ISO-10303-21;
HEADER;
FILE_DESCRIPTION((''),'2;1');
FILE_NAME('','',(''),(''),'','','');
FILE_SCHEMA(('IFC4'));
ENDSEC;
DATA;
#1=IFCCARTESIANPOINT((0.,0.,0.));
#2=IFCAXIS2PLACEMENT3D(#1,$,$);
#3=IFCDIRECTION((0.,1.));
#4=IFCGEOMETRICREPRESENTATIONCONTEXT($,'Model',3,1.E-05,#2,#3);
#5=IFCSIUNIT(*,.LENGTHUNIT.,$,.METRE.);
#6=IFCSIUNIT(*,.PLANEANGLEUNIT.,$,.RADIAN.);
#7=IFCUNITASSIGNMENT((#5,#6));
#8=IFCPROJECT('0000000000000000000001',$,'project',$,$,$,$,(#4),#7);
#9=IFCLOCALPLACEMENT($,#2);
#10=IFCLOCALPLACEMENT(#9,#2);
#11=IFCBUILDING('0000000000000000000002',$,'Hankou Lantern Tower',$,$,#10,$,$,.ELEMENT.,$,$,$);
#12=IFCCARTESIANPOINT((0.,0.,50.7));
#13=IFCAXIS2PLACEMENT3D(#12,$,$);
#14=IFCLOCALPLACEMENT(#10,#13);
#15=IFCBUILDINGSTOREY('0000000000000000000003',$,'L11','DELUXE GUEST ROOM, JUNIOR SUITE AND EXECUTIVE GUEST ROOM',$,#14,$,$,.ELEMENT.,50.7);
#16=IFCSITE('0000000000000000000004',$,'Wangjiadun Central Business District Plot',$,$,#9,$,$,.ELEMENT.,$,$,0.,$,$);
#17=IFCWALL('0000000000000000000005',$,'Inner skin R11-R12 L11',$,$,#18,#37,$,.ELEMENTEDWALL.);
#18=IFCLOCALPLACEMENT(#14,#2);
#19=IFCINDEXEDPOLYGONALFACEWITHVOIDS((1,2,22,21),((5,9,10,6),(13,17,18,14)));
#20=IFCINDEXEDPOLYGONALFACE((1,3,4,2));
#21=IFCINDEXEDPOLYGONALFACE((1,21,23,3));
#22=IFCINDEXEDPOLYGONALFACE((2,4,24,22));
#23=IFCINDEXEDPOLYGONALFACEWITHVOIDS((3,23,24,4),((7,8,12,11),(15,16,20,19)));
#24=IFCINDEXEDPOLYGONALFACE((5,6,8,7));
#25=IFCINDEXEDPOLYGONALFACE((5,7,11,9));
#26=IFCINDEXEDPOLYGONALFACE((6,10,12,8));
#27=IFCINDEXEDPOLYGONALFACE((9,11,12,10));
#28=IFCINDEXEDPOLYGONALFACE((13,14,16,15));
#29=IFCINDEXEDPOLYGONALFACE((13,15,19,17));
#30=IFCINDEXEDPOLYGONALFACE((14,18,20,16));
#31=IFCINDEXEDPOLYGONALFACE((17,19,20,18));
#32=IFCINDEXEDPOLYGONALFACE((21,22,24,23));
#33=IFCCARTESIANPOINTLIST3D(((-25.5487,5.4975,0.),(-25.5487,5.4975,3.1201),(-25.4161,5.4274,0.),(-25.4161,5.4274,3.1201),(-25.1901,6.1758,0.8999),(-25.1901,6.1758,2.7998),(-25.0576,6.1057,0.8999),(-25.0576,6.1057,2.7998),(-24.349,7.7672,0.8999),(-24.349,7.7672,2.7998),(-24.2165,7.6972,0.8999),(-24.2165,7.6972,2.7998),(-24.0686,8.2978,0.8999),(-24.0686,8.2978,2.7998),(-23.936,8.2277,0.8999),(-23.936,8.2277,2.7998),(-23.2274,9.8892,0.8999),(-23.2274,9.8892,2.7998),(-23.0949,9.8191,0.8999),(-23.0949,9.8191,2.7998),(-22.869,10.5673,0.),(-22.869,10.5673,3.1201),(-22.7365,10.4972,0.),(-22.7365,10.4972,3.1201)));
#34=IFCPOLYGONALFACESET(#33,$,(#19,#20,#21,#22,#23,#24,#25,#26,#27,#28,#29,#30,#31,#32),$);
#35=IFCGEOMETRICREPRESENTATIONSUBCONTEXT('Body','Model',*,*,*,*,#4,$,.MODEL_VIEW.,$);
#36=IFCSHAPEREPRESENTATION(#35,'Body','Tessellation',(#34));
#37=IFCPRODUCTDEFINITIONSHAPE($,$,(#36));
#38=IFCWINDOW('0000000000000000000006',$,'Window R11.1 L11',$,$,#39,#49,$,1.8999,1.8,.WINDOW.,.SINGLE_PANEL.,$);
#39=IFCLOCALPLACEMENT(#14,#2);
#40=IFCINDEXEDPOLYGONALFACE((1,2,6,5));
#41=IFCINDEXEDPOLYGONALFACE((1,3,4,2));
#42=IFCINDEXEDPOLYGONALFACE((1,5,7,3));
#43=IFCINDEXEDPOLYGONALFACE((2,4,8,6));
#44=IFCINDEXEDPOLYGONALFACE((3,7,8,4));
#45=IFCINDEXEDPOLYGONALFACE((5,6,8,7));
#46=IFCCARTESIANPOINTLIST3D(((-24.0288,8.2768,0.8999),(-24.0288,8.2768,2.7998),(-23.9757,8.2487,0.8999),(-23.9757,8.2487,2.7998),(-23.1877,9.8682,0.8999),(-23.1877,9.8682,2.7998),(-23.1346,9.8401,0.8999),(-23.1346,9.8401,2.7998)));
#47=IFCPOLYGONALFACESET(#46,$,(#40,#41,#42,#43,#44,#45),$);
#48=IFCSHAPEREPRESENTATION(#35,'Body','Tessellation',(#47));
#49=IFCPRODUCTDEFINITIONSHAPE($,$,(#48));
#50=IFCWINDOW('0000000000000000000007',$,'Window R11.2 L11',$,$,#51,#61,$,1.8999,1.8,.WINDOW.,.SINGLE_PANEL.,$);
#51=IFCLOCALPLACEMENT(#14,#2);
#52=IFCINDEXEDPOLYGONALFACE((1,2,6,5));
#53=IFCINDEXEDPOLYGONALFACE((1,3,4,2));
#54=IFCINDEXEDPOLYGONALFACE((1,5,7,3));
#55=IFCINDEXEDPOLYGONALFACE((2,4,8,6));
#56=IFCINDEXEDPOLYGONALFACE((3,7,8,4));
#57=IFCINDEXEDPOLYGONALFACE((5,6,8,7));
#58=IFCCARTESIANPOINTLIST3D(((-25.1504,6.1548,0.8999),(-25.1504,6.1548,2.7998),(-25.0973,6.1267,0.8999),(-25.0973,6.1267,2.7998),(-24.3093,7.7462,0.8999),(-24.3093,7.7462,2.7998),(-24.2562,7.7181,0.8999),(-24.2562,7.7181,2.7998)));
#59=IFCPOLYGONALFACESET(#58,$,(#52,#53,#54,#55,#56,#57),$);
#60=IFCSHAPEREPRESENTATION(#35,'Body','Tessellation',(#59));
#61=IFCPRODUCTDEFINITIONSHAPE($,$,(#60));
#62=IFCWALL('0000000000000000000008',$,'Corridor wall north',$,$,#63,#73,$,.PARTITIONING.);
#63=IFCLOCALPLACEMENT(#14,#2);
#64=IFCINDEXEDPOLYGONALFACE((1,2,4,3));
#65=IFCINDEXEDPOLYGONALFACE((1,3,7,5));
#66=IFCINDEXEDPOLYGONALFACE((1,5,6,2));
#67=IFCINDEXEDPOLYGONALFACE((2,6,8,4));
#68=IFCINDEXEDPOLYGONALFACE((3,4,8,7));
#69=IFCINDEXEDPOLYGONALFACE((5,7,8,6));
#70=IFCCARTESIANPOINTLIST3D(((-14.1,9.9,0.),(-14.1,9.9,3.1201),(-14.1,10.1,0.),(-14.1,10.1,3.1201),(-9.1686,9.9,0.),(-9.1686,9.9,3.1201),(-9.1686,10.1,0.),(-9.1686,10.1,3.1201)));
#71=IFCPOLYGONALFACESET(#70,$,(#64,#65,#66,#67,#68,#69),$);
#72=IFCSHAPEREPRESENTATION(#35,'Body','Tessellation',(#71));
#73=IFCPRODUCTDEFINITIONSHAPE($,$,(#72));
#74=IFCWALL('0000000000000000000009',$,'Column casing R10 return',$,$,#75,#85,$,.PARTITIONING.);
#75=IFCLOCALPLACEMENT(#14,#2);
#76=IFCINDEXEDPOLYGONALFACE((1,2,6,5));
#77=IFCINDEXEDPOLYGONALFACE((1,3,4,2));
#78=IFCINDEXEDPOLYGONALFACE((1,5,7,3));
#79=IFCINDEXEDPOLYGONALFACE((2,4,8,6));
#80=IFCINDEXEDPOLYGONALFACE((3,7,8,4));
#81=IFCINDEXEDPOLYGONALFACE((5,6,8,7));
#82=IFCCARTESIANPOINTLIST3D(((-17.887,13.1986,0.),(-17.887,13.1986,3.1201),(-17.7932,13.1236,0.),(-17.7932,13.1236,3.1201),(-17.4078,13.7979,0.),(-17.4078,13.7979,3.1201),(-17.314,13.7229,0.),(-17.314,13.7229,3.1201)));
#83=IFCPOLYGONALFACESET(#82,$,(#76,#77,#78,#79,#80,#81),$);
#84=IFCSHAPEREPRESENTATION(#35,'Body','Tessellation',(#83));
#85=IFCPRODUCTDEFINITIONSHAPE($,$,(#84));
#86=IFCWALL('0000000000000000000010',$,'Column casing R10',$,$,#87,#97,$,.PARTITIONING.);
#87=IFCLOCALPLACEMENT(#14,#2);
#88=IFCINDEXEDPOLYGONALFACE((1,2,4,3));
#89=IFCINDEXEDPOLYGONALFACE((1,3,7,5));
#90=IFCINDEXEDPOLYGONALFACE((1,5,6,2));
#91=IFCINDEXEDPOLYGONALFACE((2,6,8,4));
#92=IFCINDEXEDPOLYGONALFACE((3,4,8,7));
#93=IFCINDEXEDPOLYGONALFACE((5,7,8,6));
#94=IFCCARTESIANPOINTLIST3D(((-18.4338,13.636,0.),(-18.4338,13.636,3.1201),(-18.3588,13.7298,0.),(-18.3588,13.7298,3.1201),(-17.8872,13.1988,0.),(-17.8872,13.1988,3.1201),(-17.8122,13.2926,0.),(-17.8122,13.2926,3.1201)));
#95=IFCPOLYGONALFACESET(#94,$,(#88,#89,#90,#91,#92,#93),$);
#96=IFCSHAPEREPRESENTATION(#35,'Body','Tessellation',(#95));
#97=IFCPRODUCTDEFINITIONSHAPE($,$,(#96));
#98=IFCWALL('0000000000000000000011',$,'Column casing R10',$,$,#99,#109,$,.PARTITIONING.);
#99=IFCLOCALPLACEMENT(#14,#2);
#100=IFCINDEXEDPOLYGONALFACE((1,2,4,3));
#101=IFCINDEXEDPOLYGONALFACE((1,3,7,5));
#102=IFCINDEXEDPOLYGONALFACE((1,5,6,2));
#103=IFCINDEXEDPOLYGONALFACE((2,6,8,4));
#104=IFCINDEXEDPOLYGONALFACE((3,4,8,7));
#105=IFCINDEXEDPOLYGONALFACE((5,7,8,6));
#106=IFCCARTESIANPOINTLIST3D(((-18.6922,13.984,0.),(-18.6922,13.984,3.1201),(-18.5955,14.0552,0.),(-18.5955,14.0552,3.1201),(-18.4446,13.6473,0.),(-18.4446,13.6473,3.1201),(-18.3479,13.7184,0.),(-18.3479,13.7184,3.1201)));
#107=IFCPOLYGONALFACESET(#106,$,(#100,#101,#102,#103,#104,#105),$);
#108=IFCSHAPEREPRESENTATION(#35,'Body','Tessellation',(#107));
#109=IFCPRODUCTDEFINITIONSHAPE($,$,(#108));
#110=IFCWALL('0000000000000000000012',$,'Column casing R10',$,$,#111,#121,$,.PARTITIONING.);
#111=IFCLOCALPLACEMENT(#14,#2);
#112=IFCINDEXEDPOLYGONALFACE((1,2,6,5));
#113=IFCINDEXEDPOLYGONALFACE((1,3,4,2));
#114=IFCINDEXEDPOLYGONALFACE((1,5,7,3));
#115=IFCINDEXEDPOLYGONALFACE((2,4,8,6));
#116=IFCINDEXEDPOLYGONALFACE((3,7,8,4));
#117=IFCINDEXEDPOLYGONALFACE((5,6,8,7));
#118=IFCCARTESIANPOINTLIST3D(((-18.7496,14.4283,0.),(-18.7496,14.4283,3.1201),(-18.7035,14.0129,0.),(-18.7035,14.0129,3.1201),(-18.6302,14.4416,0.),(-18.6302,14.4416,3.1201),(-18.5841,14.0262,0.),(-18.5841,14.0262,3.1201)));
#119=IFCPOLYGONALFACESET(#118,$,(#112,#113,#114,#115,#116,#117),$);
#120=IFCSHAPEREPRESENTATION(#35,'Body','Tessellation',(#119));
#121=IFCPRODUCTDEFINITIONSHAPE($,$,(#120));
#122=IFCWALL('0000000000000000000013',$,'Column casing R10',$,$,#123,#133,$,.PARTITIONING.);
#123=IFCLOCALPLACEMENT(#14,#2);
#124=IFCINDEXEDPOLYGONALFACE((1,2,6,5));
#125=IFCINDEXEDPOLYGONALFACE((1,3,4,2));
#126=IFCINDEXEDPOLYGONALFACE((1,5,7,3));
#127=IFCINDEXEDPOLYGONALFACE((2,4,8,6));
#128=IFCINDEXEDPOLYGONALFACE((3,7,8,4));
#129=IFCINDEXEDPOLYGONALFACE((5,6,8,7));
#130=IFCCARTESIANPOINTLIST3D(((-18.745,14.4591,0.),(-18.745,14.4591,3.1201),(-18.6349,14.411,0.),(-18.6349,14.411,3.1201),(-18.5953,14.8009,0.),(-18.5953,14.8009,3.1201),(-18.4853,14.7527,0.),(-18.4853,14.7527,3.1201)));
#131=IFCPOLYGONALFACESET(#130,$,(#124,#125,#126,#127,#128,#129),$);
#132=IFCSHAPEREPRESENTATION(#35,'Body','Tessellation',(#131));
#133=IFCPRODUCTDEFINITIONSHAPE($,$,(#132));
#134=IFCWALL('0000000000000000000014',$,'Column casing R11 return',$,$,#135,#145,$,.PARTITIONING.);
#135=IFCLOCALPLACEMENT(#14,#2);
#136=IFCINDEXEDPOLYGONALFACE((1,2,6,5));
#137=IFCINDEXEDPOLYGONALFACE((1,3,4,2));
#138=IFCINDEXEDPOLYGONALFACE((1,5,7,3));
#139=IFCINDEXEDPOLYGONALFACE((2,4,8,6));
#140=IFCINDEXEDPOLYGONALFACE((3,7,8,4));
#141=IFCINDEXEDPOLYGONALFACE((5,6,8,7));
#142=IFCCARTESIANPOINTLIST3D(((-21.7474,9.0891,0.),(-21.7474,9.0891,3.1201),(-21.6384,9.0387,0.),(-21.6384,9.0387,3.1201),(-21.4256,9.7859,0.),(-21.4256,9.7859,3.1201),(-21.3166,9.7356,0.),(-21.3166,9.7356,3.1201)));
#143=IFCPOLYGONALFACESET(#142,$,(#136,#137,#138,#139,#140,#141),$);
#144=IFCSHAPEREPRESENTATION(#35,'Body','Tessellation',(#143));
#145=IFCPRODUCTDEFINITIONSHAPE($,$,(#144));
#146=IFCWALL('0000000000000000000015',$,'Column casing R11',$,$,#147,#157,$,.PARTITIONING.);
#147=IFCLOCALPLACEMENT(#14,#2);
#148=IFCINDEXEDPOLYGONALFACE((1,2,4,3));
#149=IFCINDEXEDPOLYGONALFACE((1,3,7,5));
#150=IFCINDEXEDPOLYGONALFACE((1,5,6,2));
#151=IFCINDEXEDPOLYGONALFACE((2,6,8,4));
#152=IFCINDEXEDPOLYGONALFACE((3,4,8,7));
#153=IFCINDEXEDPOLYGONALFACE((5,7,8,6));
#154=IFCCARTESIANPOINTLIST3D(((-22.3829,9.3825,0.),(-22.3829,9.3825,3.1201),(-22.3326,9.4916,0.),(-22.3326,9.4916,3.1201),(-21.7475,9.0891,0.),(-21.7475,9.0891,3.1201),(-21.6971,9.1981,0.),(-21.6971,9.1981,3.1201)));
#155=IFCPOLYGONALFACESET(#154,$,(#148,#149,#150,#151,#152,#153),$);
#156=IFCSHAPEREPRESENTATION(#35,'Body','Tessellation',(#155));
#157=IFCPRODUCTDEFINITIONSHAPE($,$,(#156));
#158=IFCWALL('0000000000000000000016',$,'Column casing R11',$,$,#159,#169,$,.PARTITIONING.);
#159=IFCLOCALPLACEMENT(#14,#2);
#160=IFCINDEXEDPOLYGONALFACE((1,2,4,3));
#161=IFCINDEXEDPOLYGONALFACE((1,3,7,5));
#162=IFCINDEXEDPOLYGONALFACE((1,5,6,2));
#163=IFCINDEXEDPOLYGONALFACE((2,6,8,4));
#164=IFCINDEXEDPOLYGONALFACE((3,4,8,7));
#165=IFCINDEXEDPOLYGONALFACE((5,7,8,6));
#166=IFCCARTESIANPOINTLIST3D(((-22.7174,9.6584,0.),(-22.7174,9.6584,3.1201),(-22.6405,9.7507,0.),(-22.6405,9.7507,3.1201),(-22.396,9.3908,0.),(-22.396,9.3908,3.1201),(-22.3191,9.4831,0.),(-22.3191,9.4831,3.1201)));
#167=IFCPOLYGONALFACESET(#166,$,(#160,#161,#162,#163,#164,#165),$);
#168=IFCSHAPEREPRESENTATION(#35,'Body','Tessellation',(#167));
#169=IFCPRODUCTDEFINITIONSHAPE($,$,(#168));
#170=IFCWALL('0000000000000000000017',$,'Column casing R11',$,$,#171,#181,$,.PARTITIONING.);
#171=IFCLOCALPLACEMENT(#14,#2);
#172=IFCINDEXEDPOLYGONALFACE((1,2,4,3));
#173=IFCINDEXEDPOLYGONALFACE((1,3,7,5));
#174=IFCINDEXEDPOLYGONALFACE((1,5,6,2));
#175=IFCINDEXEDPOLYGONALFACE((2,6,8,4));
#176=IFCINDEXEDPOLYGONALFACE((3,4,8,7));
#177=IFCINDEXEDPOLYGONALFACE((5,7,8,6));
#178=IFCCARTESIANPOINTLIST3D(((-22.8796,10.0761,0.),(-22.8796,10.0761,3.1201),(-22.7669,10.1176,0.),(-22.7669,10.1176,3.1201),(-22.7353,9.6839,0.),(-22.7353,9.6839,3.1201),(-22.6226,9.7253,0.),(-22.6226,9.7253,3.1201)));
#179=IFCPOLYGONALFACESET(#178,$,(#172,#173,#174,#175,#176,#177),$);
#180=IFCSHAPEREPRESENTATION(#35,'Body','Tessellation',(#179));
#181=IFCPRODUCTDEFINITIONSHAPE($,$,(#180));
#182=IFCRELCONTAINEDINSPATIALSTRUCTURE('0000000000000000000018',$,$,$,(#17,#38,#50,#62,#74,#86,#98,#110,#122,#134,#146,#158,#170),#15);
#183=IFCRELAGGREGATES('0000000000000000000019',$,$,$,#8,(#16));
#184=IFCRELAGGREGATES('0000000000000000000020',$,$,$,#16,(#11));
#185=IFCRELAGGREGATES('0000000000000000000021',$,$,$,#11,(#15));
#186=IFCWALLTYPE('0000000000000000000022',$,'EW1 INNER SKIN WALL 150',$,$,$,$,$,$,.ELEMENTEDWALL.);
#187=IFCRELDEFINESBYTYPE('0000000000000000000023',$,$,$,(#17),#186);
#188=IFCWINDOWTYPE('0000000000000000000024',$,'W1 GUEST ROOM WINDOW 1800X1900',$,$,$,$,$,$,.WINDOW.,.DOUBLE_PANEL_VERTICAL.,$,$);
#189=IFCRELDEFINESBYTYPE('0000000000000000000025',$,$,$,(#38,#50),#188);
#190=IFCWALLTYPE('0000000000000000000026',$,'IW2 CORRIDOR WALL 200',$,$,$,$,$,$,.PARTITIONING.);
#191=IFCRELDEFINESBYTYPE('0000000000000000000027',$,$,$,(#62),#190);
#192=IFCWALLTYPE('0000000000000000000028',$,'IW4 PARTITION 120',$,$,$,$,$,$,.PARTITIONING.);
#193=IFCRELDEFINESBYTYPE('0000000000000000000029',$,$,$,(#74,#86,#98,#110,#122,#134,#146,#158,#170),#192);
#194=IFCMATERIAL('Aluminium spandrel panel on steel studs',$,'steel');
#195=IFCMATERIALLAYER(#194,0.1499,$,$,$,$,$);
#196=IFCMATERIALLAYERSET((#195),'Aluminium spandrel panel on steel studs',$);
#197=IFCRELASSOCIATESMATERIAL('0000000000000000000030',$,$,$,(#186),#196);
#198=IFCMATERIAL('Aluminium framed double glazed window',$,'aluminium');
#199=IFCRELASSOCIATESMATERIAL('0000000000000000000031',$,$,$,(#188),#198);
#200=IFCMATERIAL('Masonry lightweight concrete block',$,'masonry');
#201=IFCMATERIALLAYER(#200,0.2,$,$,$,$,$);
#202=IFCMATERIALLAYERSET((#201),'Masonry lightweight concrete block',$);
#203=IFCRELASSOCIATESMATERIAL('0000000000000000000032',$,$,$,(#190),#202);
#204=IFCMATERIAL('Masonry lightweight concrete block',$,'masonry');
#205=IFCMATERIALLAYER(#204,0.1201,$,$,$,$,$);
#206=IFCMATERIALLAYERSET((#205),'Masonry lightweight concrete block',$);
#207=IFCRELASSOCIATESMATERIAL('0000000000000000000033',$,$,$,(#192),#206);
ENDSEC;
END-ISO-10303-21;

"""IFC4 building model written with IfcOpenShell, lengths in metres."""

from ifc_helpers import new_model, si_unit, direction, frame, frame_2d, origin, place, context, subcontext, project, spatial, rectangle, extrude, material, layer, layer_set, type_object, element, fill, save


model = new_model("IFC4")

# Units and contexts
model_context = context("Model", 3, precision=1e-05, world=origin(), true_north=direction((0.0, 1.0)))
body_context = subcontext(model_context, "Body", "Model", "MODEL_VIEW")
ifc_project = project(units=[si_unit("LENGTHUNIT", "METRE"), si_unit("PLANEANGLEUNIT", "RADIAN")], contexts=[model_context])

# Site, building, storey
site_placement = place(None, origin())
site = spatial("IfcSite", under=ifc_project, at=site_placement, Name="Wangjiadun Central Business District Plot", CompositionType="ELEMENT", RefElevation=0.0)
building_placement = place(site_placement, origin())
building = spatial("IfcBuilding", under=site, at=building_placement, Name="Hankou Lantern Tower", CompositionType="ELEMENT")
storey_placement = place(building_placement, frame((0.0, 0.0, 50.7)))
storey = spatial("IfcBuildingStorey", under=building, at=storey_placement, Name="L11", Description="DELUXE GUEST ROOM, JUNIOR SUITE AND EXECUTIVE GUEST ROOM", CompositionType="ELEMENT", Elevation=50.7)

# Wall, openings, windows
ifc_material_1 = material(Name="Aluminium spandrel panel on steel studs", Category="steel")
ifc_layer_1 = layer(ifc_material_1, 0.1499)
ifc_layer_set_1 = layer_set([ifc_layer_1], Name="Aluminium spandrel panel on steel studs")
wall_type_1 = type_object("IfcWallType", Name="EW1 INNER SKIN WALL 150", PredefinedType="ELEMENTEDWALL", material=ifc_layer_set_1)
ifc_material_2 = material(Name="Aluminium framed double glazed window", Category="aluminium")
window_type = type_object("IfcWindowType", Name="W1 GUEST ROOM WINDOW 1800X1900", PartitioningType="DOUBLE_PANEL_VERTICAL", PredefinedType="WINDOW", material=ifc_material_2)
wall_1_placement = place(storey_placement, frame((-22.8027, 10.5322, 0.0), z_axis=(0.0, 0.0, 1.0), x_axis=(-0.467297, -0.8841, 0.0)))
wall_1 = element("IfcWall", 1, at=wall_1_placement, inside=storey, type_object=wall_type_1, Name="Inner skin R11-R12 L11", PredefinedType="ELEMENTEDWALL", context=body_context, shape_type="SweptSolid", body=[
    extrude(rectangle(XDim=5.7344, YDim=0.1499, at=frame_2d((2.8672, 0.0))), origin(), (0.0, 0.0, 1.0), 3.1201),
])
opening_1_placement = place(wall_1_placement, frame((0.7671, 0.0, 0.8999)))
opening_1 = element("IfcOpeningElement", 2, at=opening_1_placement, cuts=wall_1, PredefinedType="OPENING", context=body_context, shape_type="SweptSolid", body=[
    extrude(rectangle(XDim=1.8, YDim=1.8999, at=frame_2d((0.8999, 0.95))), frame((0.0, 0.085, 0.0), z_axis=(0.0, -1.0, 0.0), x_axis=(1.0, 0.0, 0.0)), (0.0, 0.0, 1.0), 0.1699),
])
opening_2_placement = place(wall_1_placement, frame((3.1672, 0.0, 0.8999)))
opening_2 = element("IfcOpeningElement", 3, at=opening_2_placement, cuts=wall_1, PredefinedType="OPENING", context=body_context, shape_type="SweptSolid", body=[
    extrude(rectangle(XDim=1.8, YDim=1.8999, at=frame_2d((0.8999, 0.95))), frame((0.0, 0.085, 0.0), z_axis=(0.0, -1.0, 0.0), x_axis=(1.0, 0.0, 0.0)), (0.0, 0.0, 1.0), 0.1699),
])
window_1_placement = place(opening_1_placement, origin())
window_1 = element("IfcWindow", 4, at=window_1_placement, inside=storey, type_object=window_type, Name="Window R11.1 L11", OverallHeight=1.8999, OverallWidth=1.8, PartitioningType="SINGLE_PANEL", PredefinedType="WINDOW", context=body_context, shape_type="SweptSolid", body=[
    extrude(rectangle(XDim=1.8, YDim=1.8999, at=frame_2d((0.8999, 0.95))), frame((0.0, 0.03, 0.0), z_axis=(0.0, -1.0, 0.0), x_axis=(1.0, 0.0, 0.0)), (0.0, 0.0, 1.0), 0.0601),
])
fill(opening_1, window_1)
window_2_placement = place(opening_2_placement, origin())
window_2 = element("IfcWindow", 5, at=window_2_placement, inside=storey, type_object=window_type, Name="Window R11.2 L11", OverallHeight=1.8999, OverallWidth=1.8, PartitioningType="SINGLE_PANEL", PredefinedType="WINDOW", context=body_context, shape_type="SweptSolid", body=[
    extrude(rectangle(XDim=1.8, YDim=1.8999, at=frame_2d((0.8999, 0.95))), frame((0.0, 0.03, 0.0), z_axis=(0.0, -1.0, 0.0), x_axis=(1.0, 0.0, 0.0)), (0.0, 0.0, 1.0), 0.0601),
])
fill(opening_2, window_2)

# Walls
ifc_material_3 = material(Name="Masonry lightweight concrete block", Category="masonry")
ifc_layer_2 = layer(ifc_material_3, 0.2)
ifc_layer_set_2 = layer_set([ifc_layer_2], Name="Masonry lightweight concrete block")
wall_type_2 = type_object("IfcWallType", Name="IW2 CORRIDOR WALL 200", PredefinedType="PARTITIONING", material=ifc_layer_set_2)
wall_2_placement = place(storey_placement, frame((-14.1001, 10.0, 0.0), z_axis=(0.0, 0.0, 1.0), x_axis=(1.0, 0.0, 0.0)))
element("IfcWall", 6, at=wall_2_placement, inside=storey, type_object=wall_type_2, Name="Corridor wall north", PredefinedType="PARTITIONING", context=body_context, shape_type="SweptSolid", body=[
    extrude(rectangle(XDim=4.9314, YDim=0.2, at=frame_2d((2.4658, 0.0))), origin(), (0.0, 0.0, 1.0), 3.1201),
])
ifc_material_4 = material(Name="Masonry lightweight concrete block", Category="masonry")
ifc_layer_3 = layer(ifc_material_4, 0.1201)
ifc_layer_set_3 = layer_set([ifc_layer_3], Name="Masonry lightweight concrete block")
wall_type_3 = type_object("IfcWallType", Name="IW4 PARTITION 120", PredefinedType="PARTITIONING", material=ifc_layer_set_3)
wall_3_placement = place(storey_placement, frame((-17.3608, 13.7605, 0.0), z_axis=(0.0, 0.0, 1.0), x_axis=(-0.624501, -0.781024, 0.0)))
element("IfcWall", 7, at=wall_3_placement, inside=storey, type_object=wall_type_3, Name="Column casing R10 return", PredefinedType="PARTITIONING", context=body_context, shape_type="SweptSolid", body=[
    extrude(rectangle(XDim=0.7673, YDim=0.1201, at=frame_2d((0.3838, 0.0))), origin(), (0.0, 0.0, 1.0), 3.1201),
])
wall_4_placement = place(storey_placement, frame((-17.8496, 13.2456, 0.0), z_axis=(0.0, 0.0, 1.0), x_axis=(-0.780903, 0.624653, 0.0)))
element("IfcWall", 8, at=wall_4_placement, inside=storey, type_object=wall_type_3, Name="Column casing R10", PredefinedType="PARTITIONING", context=body_context, shape_type="SweptSolid", body=[
    extrude(rectangle(XDim=0.7, YDim=0.1201, at=frame_2d((0.3501, 0.0))), origin(), (0.0, 0.0, 1.0), 3.1201),
])
for number, where, z_axis, x_axis, name in (
    (9, (-18.3962, 13.6829, 0.0), (0.0, 0.0, 1.0), (-0.592402, 0.805643, 0.0), "Column casing R10"),
    (10, (-18.6438, 14.0195, 0.0), (0.0, 0.0, 1.0), (-0.110367, 0.993891, 0.0), "Column casing R10"),
):
    element("IfcWall", number, at=place(storey_placement, frame(where, z_axis=z_axis, x_axis=x_axis)), inside=storey, type_object=wall_type_3, Name=name, PredefinedType="PARTITIONING", context=body_context, shape_type="SweptSolid", body=[
        extrude(rectangle(XDim=0.418, YDim=0.1201, at=frame_2d((0.209, 0.0))), origin(), (0.0, 0.0, 1.0), 3.1201),
    ])
wall_5_placement = place(storey_placement, frame((-18.6899, 14.4351, 0.0), z_axis=(0.0, 0.0, 1.0), x_axis=(0.401093, 0.916037, 0.0)))
element("IfcWall", 11, at=wall_5_placement, inside=storey, type_object=wall_type_3, Name="Column casing R10", PredefinedType="PARTITIONING", context=body_context, shape_type="SweptSolid", body=[
    extrude(rectangle(XDim=0.373, YDim=0.1201, at=frame_2d((0.1865, 0.0))), origin(), (0.0, 0.0, 1.0), 3.1201),
])
wall_6_placement = place(storey_placement, frame((-21.3711, 9.7607, 0.0), z_axis=(0.0, 0.0, 1.0), x_axis=(-0.41926, -0.907866, 0.0)))
element("IfcWall", 12, at=wall_6_placement, inside=storey, type_object=wall_type_3, Name="Column casing R11 return", PredefinedType="PARTITIONING", context=body_context, shape_type="SweptSolid", body=[
    extrude(rectangle(XDim=0.7676, YDim=0.1201, at=frame_2d((0.3838, 0.0))), origin(), (0.0, 0.0, 1.0), 3.1201),
])
wall_7_placement = place(storey_placement, frame((-21.7222, 9.1436, 0.0), z_axis=(0.0, 0.0, 1.0), x_axis=(-0.907878, 0.419235, 0.0)))
element("IfcWall", 13, at=wall_7_placement, inside=storey, type_object=wall_type_3, Name="Column casing R11", PredefinedType="PARTITIONING", context=body_context, shape_type="SweptSolid", body=[
    extrude(rectangle(XDim=0.7, YDim=0.1201, at=frame_2d((0.3501, 0.0))), origin(), (0.0, 0.0, 1.0), 3.1201),
])
wall_8_placement = place(storey_placement, frame((-22.3577, 9.437, 0.0), z_axis=(0.0, 0.0, 1.0), x_axis=(-0.768413, 0.639955, 0.0)))
element("IfcWall", 14, at=wall_8_placement, inside=storey, type_object=wall_type_3, Name="Column casing R11", PredefinedType="PARTITIONING", context=body_context, shape_type="SweptSolid", body=[
    extrude(rectangle(XDim=0.4182, YDim=0.1201, at=frame_2d((0.209, 0.0))), origin(), (0.0, 0.0, 1.0), 3.1201),
])
wall_9_placement = place(storey_placement, frame((-22.679, 9.7046, 0.0), z_axis=(0.0, 0.0, 1.0), x_axis=(-0.345164, 0.938542, 0.0)))
element("IfcWall", 15, at=wall_9_placement, inside=storey, type_object=wall_type_3, Name="Column casing R11", PredefinedType="PARTITIONING", context=body_context, shape_type="SweptSolid", body=[
    extrude(rectangle(XDim=0.418, YDim=0.1201, at=frame_2d((0.209, 0.0))), origin(), (0.0, 0.0, 1.0), 3.1201),
])

save(model, "model.ifc")
